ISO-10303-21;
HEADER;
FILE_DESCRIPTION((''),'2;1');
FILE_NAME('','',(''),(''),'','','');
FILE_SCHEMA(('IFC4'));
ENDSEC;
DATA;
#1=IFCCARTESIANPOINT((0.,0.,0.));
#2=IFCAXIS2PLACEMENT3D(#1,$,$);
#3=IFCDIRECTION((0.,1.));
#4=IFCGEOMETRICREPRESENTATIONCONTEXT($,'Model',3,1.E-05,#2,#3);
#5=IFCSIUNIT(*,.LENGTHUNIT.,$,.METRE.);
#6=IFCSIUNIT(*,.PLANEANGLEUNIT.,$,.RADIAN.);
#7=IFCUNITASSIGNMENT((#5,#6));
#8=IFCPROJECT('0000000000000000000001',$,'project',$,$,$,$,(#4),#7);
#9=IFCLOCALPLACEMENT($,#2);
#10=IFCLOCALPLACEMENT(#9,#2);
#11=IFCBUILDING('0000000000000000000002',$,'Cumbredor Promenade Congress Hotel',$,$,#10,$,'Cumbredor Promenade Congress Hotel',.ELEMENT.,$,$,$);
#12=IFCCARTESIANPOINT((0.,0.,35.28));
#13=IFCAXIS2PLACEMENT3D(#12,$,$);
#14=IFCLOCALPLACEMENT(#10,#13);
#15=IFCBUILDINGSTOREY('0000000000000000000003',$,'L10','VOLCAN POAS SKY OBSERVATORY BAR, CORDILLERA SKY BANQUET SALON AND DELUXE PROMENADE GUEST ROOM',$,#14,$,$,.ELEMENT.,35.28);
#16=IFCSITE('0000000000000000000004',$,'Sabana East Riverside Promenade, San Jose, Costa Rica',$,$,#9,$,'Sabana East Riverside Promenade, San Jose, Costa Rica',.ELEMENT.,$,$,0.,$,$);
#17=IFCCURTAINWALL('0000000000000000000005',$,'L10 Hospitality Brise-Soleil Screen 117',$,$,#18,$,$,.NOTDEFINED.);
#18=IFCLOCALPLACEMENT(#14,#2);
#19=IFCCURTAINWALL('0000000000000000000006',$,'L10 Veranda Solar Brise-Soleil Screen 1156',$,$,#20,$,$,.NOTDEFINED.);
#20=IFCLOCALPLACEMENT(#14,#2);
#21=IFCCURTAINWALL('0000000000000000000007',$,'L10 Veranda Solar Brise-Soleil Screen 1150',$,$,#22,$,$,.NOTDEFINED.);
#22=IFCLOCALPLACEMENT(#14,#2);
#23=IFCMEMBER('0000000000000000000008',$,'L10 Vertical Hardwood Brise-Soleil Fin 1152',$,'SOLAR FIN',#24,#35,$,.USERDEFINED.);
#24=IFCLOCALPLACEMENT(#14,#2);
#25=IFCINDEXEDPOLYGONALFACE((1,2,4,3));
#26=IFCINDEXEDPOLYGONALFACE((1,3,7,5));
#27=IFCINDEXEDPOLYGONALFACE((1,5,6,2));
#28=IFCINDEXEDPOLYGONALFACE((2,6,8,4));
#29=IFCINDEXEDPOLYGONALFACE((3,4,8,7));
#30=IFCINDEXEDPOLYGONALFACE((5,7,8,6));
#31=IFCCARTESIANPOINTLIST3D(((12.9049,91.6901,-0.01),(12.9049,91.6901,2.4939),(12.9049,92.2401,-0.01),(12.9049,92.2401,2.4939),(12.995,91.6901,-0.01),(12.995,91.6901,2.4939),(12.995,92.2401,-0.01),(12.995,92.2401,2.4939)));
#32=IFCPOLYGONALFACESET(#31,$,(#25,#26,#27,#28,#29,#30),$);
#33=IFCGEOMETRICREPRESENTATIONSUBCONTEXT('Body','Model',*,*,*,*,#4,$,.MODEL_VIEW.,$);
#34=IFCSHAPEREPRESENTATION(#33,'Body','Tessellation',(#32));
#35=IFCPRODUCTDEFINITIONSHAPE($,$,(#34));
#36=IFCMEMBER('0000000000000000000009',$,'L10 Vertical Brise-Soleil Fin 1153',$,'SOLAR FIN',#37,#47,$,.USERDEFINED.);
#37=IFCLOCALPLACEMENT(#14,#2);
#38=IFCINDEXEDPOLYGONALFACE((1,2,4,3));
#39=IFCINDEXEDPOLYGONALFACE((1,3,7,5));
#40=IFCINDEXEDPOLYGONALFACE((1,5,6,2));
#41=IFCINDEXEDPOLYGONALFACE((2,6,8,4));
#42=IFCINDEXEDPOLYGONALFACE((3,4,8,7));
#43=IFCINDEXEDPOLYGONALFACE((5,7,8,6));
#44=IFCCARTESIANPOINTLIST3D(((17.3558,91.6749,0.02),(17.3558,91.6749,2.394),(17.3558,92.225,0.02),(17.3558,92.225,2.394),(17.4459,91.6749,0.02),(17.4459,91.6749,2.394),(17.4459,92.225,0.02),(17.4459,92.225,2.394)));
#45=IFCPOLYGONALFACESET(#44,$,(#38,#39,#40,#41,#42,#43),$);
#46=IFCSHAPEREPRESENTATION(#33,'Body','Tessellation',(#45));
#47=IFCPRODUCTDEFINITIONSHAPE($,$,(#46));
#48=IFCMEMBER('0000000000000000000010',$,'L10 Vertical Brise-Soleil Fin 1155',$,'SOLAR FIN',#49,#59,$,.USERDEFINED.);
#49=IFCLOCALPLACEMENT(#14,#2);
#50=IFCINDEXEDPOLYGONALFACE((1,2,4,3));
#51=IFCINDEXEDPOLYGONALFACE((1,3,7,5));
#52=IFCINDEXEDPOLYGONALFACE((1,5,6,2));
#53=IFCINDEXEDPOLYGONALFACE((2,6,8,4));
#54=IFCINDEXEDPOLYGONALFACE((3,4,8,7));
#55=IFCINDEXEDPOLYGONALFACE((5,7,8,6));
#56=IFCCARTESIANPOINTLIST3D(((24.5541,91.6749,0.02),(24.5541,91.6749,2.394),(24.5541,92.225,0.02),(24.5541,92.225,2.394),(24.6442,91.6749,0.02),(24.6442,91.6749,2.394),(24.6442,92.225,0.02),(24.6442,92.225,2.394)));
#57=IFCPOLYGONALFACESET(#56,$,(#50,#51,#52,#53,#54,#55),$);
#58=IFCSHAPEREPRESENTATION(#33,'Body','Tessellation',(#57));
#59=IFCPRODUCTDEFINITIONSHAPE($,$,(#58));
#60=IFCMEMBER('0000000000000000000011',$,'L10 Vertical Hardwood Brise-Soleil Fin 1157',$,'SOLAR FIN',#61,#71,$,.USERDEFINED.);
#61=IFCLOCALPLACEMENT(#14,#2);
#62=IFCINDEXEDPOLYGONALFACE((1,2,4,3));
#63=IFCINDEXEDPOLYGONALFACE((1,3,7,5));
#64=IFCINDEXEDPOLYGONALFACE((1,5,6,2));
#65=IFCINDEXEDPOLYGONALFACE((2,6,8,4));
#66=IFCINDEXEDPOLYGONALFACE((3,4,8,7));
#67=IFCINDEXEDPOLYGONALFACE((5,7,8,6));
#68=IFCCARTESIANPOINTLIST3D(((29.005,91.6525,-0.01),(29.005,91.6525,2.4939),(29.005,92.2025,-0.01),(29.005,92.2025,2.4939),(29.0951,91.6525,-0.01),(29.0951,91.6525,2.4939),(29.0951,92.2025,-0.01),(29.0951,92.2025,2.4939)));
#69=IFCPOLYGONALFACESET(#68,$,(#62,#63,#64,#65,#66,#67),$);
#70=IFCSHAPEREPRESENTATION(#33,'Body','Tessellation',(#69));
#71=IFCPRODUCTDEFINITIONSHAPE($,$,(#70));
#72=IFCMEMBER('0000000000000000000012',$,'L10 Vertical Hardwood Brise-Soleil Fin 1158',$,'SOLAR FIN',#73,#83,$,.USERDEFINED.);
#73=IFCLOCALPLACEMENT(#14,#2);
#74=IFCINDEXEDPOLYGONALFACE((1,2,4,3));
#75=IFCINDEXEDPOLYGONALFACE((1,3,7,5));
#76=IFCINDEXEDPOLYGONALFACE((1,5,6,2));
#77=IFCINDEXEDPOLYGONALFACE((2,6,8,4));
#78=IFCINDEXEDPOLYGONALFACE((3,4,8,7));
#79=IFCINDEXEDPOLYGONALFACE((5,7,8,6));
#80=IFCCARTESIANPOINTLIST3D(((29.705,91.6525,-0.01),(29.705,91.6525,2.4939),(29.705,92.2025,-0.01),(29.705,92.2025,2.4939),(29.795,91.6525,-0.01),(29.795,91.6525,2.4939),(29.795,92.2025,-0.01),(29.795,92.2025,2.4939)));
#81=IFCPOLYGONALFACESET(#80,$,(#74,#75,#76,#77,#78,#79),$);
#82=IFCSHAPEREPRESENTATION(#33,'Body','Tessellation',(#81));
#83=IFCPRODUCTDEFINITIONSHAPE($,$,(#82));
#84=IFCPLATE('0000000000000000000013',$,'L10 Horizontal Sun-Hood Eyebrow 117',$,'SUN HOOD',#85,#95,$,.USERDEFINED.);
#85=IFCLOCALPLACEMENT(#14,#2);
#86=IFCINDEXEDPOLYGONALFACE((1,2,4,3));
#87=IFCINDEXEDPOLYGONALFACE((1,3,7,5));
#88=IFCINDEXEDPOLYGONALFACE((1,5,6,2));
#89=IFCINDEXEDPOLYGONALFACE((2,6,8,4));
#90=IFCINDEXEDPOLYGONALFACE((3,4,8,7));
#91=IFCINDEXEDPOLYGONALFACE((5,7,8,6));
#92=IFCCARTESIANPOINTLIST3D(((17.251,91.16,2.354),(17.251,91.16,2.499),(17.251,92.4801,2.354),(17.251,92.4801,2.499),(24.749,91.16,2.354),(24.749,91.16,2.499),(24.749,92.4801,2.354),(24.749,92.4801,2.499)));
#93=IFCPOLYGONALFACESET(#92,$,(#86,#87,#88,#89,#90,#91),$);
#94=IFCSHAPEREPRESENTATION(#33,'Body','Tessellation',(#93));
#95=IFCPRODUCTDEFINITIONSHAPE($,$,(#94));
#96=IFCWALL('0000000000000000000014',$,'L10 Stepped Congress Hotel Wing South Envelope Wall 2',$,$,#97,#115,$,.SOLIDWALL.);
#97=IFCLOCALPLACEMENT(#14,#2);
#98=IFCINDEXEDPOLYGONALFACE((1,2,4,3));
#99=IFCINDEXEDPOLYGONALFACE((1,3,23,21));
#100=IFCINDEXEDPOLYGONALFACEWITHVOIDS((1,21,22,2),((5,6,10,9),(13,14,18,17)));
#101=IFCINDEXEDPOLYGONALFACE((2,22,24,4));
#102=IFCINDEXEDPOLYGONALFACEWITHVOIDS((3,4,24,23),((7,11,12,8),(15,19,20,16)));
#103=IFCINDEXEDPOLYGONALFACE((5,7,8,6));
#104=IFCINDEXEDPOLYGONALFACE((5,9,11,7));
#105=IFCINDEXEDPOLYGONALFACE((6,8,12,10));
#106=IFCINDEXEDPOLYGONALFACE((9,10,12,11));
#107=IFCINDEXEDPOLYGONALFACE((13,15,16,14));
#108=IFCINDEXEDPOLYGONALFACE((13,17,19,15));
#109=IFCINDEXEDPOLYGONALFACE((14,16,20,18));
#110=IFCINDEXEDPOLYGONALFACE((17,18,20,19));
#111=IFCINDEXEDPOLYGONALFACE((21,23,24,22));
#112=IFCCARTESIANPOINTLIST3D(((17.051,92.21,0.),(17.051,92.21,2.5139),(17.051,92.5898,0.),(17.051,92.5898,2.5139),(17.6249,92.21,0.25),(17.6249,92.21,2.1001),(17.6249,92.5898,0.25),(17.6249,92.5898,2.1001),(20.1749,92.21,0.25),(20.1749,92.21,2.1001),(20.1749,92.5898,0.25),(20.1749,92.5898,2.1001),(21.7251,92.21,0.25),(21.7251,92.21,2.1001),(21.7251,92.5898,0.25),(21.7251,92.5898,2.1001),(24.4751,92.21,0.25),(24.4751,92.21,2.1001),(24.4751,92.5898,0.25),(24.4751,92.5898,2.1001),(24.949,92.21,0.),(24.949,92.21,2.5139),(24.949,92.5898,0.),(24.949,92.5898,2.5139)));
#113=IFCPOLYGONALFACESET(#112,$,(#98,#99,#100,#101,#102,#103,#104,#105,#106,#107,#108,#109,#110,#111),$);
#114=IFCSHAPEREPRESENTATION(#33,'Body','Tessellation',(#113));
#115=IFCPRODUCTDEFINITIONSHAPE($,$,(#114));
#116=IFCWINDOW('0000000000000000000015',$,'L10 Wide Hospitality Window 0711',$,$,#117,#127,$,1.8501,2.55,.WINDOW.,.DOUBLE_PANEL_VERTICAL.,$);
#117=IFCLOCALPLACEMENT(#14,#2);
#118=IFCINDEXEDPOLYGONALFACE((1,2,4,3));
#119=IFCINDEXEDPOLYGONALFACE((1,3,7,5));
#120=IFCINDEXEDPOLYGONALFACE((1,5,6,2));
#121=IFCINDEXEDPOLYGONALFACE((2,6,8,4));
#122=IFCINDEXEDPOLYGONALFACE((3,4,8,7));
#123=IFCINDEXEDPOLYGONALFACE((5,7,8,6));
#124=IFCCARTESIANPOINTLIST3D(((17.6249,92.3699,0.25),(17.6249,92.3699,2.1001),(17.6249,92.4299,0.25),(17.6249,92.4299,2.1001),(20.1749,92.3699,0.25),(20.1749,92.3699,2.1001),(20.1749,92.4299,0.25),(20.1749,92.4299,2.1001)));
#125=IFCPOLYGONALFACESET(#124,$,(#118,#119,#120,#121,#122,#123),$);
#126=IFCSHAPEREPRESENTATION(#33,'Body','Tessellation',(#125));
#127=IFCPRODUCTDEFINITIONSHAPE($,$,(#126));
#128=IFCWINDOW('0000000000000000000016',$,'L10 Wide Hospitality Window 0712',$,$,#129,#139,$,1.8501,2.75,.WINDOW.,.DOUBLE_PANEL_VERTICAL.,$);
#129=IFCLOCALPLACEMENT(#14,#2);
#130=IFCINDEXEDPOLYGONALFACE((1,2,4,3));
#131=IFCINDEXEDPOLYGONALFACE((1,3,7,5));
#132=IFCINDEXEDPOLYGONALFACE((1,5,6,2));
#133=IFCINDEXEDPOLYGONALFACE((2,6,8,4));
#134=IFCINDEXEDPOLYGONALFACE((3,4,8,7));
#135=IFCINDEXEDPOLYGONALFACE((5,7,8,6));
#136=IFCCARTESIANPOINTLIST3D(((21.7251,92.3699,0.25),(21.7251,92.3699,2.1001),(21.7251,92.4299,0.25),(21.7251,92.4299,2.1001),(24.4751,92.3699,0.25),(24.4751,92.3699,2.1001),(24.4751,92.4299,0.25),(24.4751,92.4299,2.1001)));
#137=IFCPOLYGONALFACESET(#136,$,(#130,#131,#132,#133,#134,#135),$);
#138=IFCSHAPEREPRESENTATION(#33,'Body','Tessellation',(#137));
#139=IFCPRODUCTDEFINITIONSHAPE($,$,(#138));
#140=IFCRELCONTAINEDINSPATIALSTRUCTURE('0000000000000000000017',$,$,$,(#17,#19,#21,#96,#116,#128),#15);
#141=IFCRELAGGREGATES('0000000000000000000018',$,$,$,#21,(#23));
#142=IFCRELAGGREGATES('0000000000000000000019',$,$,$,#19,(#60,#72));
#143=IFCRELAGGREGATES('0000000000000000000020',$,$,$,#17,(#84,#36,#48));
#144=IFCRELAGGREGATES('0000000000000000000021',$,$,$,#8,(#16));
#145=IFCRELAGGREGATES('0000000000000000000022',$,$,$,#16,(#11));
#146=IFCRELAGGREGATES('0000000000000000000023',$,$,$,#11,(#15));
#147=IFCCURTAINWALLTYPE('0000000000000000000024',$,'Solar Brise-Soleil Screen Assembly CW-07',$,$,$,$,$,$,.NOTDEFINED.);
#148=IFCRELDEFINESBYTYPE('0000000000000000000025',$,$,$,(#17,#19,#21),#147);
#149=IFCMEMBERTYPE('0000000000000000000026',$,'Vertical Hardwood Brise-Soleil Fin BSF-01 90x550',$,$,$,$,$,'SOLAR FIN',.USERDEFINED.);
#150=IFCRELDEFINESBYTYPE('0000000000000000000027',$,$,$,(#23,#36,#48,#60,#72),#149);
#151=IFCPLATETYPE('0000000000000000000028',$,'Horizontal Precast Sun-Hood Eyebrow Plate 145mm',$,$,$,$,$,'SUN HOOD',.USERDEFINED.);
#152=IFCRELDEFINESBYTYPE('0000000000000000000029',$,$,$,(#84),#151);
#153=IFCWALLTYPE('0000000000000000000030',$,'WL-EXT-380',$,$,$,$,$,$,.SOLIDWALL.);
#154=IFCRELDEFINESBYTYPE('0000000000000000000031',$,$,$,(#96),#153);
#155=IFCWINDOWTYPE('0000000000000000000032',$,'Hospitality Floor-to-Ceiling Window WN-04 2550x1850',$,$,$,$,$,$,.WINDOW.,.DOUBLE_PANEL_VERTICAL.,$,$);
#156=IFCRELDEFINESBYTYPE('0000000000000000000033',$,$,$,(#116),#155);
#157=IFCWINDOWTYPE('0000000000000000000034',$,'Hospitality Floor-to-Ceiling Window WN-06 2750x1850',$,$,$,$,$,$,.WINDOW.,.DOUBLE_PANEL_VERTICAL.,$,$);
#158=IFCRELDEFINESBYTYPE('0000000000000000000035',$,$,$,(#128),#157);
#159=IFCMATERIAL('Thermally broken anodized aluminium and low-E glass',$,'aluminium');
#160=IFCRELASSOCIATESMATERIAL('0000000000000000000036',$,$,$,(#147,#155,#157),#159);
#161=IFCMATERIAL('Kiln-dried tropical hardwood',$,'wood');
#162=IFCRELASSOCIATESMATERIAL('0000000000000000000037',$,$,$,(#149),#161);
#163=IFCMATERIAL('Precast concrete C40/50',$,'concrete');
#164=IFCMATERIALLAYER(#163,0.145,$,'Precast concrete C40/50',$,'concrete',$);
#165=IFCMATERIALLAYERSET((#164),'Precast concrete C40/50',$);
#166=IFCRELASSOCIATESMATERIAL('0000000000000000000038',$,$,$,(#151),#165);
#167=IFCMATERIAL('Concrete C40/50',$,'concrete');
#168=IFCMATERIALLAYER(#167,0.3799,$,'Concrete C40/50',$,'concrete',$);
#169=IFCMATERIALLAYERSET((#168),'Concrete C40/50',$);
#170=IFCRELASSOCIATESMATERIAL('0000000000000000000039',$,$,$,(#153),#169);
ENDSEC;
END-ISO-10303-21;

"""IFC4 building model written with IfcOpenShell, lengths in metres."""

from ifc_helpers import new_model, si_unit, direction, frame, frame_2d, origin, origin_2d, place, context, subcontext, project, spatial, rectangle, extrude, material, layer, layer_set, material_profile, profile_set, type_object, element, fill, aggregate, save


model = new_model("IFC4")

# Units and contexts
model_context = context("Model", 3, precision=1e-05, world=origin(), true_north=direction((0.0, 1.0)))
body_context = subcontext(model_context, "Body", "Model", "MODEL_VIEW")
ifc_project = project(units=[si_unit("LENGTHUNIT", "METRE"), si_unit("PLANEANGLEUNIT", "RADIAN")], contexts=[model_context])

# Site, building, storey
site_placement = place(None, origin())
site = spatial("IfcSite", under=ifc_project, at=site_placement, Name="Sabana East Riverside Promenade, San Jose, Costa Rica", LongName="Sabana East Riverside Promenade, San Jose, Costa Rica", CompositionType="ELEMENT", RefElevation=0.0)
building_placement = place(site_placement, origin())
building = spatial("IfcBuilding", under=site, at=building_placement, Name="Cumbredor Promenade Congress Hotel", LongName="Cumbredor Promenade Congress Hotel", CompositionType="ELEMENT")
storey_placement = place(building_placement, frame((0.0, 0.0, 35.28)))
storey = spatial("IfcBuildingStorey", under=building, at=storey_placement, Name="L10", Description="VOLCAN POAS SKY OBSERVATORY BAR, CORDILLERA SKY BANQUET SALON AND DELUXE PROMENADE GUEST ROOM", CompositionType="ELEMENT", Elevation=35.28)

# Shared definitions
ifc_material_1 = material(Name="Concrete C40/50", Category="concrete")

# Curtain walls
ifc_material_2 = material(Name="Thermally broken anodized aluminium and low-E glass", Category="aluminium")
curtain_wall_type_1 = type_object("IfcCurtainWallType", Name="Solar Brise-Soleil Screen Assembly CW-07", PredefinedType="NOTDEFINED", material=ifc_material_2)
curtain_wall_1_placement = place(storey_placement, origin())
curtain_wall_1 = element("IfcCurtainWall", 1, at=curtain_wall_1_placement, inside=storey, type_object=curtain_wall_type_1, Name="L10 Hospitality Brise-Soleil Screen 117", PredefinedType="NOTDEFINED")
curtain_wall_2_placement = place(storey_placement, origin())
curtain_wall_2 = element("IfcCurtainWall", 2, at=curtain_wall_2_placement, inside=storey, type_object=curtain_wall_type_1, Name="L10 Veranda Solar Brise-Soleil Screen 1156", PredefinedType="NOTDEFINED")

# Curtain wall, member
curtain_wall_3_placement = place(storey_placement, origin())
curtain_wall_3 = element("IfcCurtainWall", 3, at=curtain_wall_3_placement, inside=storey, type_object=curtain_wall_type_1, Name="L10 Veranda Solar Brise-Soleil Screen 1150", PredefinedType="NOTDEFINED")
ifc_material_3 = material(Name="Kiln-dried tropical hardwood", Category="wood")
ifc_material_profile_1 = material_profile(ifc_material_3, rectangle(XDim=0.0901, YDim=0.55, at=origin_2d()), Name="ARCH FIN 90x550")
ifc_profile_set_1 = profile_set([ifc_material_profile_1], Name="Kiln-dried tropical hardwood")
member_type_1 = type_object("IfcMemberType", Name="Vertical Hardwood Brise-Soleil Fin BSF-01 90x550", ElementType="SOLAR FIN", PredefinedType="USERDEFINED", material=ifc_profile_set_1)
member_1_placement = place(storey_placement, frame((12.95, 91.9651, -0.01), z_axis=(0.0, 0.0, 1.0), x_axis=(1.0, 0.0, 0.0)))
member_1 = element("IfcMember", 4, at=member_1_placement, type_object=member_type_1, Name="L10 Vertical Hardwood Brise-Soleil Fin 1152", ObjectType="SOLAR FIN", PredefinedType="USERDEFINED", context=body_context, shape_type="SweptSolid", body=[
    extrude(rectangle(XDim=0.0901, YDim=0.55, at=origin_2d()), origin(), (0.0, 0.0, 1.0), 2.5039),
])
aggregate(curtain_wall_3, [member_1])

# Members
member_2_placement = place(storey_placement, frame((17.4009, 91.95, 0.02), z_axis=(0.0, 0.0, 1.0), x_axis=(1.0, 0.0, 0.0)))
member_2 = element("IfcMember", 5, at=member_2_placement, type_object=member_type_1, Name="L10 Vertical Brise-Soleil Fin 1153", ObjectType="SOLAR FIN", PredefinedType="USERDEFINED", context=body_context, shape_type="SweptSolid", body=[
    extrude(rectangle(XDim=0.0901, YDim=0.55, at=origin_2d()), origin(), (0.0, 0.0, 1.0), 2.374),
])
member_3_placement = place(storey_placement, frame((24.5991, 91.95, 0.02), z_axis=(0.0, 0.0, 1.0), x_axis=(1.0, 0.0, 0.0)))
member_3 = element("IfcMember", 6, at=member_3_placement, type_object=member_type_1, Name="L10 Vertical Brise-Soleil Fin 1155", ObjectType="SOLAR FIN", PredefinedType="USERDEFINED", context=body_context, shape_type="SweptSolid", body=[
    extrude(rectangle(XDim=0.0901, YDim=0.55, at=origin_2d()), origin(), (0.0, 0.0, 1.0), 2.374),
])
member_4_placement = place(storey_placement, frame((29.05, 91.9275, -0.01), z_axis=(0.0, 0.0, 1.0), x_axis=(1.0, 0.0, 0.0)))
member_4 = element("IfcMember", 7, at=member_4_placement, type_object=member_type_1, Name="L10 Vertical Hardwood Brise-Soleil Fin 1157", ObjectType="SOLAR FIN", PredefinedType="USERDEFINED", context=body_context, shape_type="SweptSolid", body=[
    extrude(rectangle(XDim=0.0901, YDim=0.55, at=origin_2d()), origin(), (0.0, 0.0, 1.0), 2.5039),
])
member_5_placement = place(storey_placement, frame((29.75, 91.9275, -0.01), z_axis=(0.0, 0.0, 1.0), x_axis=(1.0, 0.0, 0.0)))
member_5 = element("IfcMember", 8, at=member_5_placement, type_object=member_type_1, Name="L10 Vertical Hardwood Brise-Soleil Fin 1158", ObjectType="SOLAR FIN", PredefinedType="USERDEFINED", context=body_context, shape_type="SweptSolid", body=[
    extrude(rectangle(XDim=0.0901, YDim=0.55, at=origin_2d()), origin(), (0.0, 0.0, 1.0), 2.5039),
])
aggregate(curtain_wall_2, [member_4, member_5])

# Plate
ifc_material_4 = material(Name="Precast concrete C40/50", Category="concrete")
ifc_layer_1 = layer(ifc_material_4, 0.145, Name="Precast concrete C40/50", Category="concrete")
ifc_layer_set_1 = layer_set([ifc_layer_1], Name="Precast concrete C40/50")
plate_type = type_object("IfcPlateType", Name="Horizontal Precast Sun-Hood Eyebrow Plate 145mm", ElementType="SUN HOOD", PredefinedType="USERDEFINED", material=ifc_layer_set_1)
plate_placement = place(storey_placement, frame((21.0, 91.8201, 2.354), z_axis=(0.0, 0.0, 1.0), x_axis=(1.0, 0.0, 0.0)))
plate = element("IfcPlate", 9, at=plate_placement, type_object=plate_type, Name="L10 Horizontal Sun-Hood Eyebrow 117", ObjectType="SUN HOOD", PredefinedType="USERDEFINED", context=body_context, shape_type="SweptSolid", body=[
    extrude(rectangle(XDim=7.498, YDim=1.3201, at=origin_2d()), origin(), (0.0, 0.0, 1.0), 0.145),
])
aggregate(curtain_wall_1, [plate, member_2, member_3])

# Wall, openings, windows
ifc_layer_2 = layer(ifc_material_1, 0.3799, Name="Concrete C40/50", Category="concrete")
ifc_layer_set_2 = layer_set([ifc_layer_2], Name="Concrete C40/50")
wall_type_1 = type_object("IfcWallType", Name="WL-EXT-380", PredefinedType="SOLIDWALL", material=ifc_layer_set_2)
wall_1_placement = place(storey_placement, frame((17.051, 92.3999, 0.0), z_axis=(0.0, 0.0, 1.0), x_axis=(1.0, 0.0, 0.0)))
wall_1 = element("IfcWall", 10, at=wall_1_placement, inside=storey, type_object=wall_type_1, Name="L10 Stepped Congress Hotel Wing South Envelope Wall 2", PredefinedType="SOLIDWALL", context=body_context, shape_type="SweptSolid", body=[
    extrude(rectangle(XDim=7.8979, YDim=0.3799, at=frame_2d((3.949, 0.0))), origin(), (0.0, 0.0, 1.0), 2.5139),
])
opening_1_placement = place(wall_1_placement, frame((0.574, 0.0, 0.25)))
opening_1 = element("IfcOpeningElement", 11, at=opening_1_placement, cuts=wall_1, PredefinedType="OPENING", context=body_context, shape_type="SweptSolid", body=[
    extrude(rectangle(XDim=2.55, YDim=1.8501, at=frame_2d((1.2749, 0.925))), frame((0.0, 0.2, 0.0), z_axis=(0.0, -1.0, 0.0), x_axis=(1.0, 0.0, 0.0)), (0.0, 0.0, 1.0), 0.3999),
])
opening_2_placement = place(wall_1_placement, frame((4.6741, 0.0, 0.25)))
opening_2 = element("IfcOpeningElement", 12, at=opening_2_placement, cuts=wall_1, PredefinedType="OPENING", context=body_context, shape_type="SweptSolid", body=[
    extrude(rectangle(XDim=2.75, YDim=1.8501, at=frame_2d((1.375, 0.925))), frame((0.0, 0.2, 0.0), z_axis=(0.0, -1.0, 0.0), x_axis=(1.0, 0.0, 0.0)), (0.0, 0.0, 1.0), 0.3999),
])
window_type_1 = type_object("IfcWindowType", Name="Hospitality Floor-to-Ceiling Window WN-04 2550x1850", PartitioningType="DOUBLE_PANEL_VERTICAL", PredefinedType="WINDOW", material=ifc_material_2)
window_1_placement = place(opening_1_placement, origin())
window_1 = element("IfcWindow", 13, at=window_1_placement, inside=storey, type_object=window_type_1, Name="L10 Wide Hospitality Window 0711", OverallHeight=1.8501, OverallWidth=2.55, PartitioningType="DOUBLE_PANEL_VERTICAL", PredefinedType="WINDOW", context=body_context, shape_type="SweptSolid", body=[
    extrude(rectangle(XDim=2.55, YDim=1.8501, at=frame_2d((1.2749, 0.925))), frame((0.0, 0.03, 0.0), z_axis=(0.0, -1.0, 0.0), x_axis=(1.0, 0.0, 0.0)), (0.0, 0.0, 1.0), 0.0601),
])
fill(opening_1, window_1)
window_type_2 = type_object("IfcWindowType", Name="Hospitality Floor-to-Ceiling Window WN-06 2750x1850", PartitioningType="DOUBLE_PANEL_VERTICAL", PredefinedType="WINDOW", material=ifc_material_2)
window_2_placement = place(opening_2_placement, origin())
window_2 = element("IfcWindow", 14, at=window_2_placement, inside=storey, type_object=window_type_2, Name="L10 Wide Hospitality Window 0712", OverallHeight=1.8501, OverallWidth=2.75, PartitioningType="DOUBLE_PANEL_VERTICAL", PredefinedType="WINDOW", context=body_context, shape_type="SweptSolid", body=[
    extrude(rectangle(XDim=2.75, YDim=1.8501, at=frame_2d((1.375, 0.925))), frame((0.0, 0.03, 0.0), z_axis=(0.0, -1.0, 0.0), x_axis=(1.0, 0.0, 0.0)), (0.0, 0.0, 1.0), 0.0601),
])
fill(opening_2, window_2)

save(model, "model.ifc")
